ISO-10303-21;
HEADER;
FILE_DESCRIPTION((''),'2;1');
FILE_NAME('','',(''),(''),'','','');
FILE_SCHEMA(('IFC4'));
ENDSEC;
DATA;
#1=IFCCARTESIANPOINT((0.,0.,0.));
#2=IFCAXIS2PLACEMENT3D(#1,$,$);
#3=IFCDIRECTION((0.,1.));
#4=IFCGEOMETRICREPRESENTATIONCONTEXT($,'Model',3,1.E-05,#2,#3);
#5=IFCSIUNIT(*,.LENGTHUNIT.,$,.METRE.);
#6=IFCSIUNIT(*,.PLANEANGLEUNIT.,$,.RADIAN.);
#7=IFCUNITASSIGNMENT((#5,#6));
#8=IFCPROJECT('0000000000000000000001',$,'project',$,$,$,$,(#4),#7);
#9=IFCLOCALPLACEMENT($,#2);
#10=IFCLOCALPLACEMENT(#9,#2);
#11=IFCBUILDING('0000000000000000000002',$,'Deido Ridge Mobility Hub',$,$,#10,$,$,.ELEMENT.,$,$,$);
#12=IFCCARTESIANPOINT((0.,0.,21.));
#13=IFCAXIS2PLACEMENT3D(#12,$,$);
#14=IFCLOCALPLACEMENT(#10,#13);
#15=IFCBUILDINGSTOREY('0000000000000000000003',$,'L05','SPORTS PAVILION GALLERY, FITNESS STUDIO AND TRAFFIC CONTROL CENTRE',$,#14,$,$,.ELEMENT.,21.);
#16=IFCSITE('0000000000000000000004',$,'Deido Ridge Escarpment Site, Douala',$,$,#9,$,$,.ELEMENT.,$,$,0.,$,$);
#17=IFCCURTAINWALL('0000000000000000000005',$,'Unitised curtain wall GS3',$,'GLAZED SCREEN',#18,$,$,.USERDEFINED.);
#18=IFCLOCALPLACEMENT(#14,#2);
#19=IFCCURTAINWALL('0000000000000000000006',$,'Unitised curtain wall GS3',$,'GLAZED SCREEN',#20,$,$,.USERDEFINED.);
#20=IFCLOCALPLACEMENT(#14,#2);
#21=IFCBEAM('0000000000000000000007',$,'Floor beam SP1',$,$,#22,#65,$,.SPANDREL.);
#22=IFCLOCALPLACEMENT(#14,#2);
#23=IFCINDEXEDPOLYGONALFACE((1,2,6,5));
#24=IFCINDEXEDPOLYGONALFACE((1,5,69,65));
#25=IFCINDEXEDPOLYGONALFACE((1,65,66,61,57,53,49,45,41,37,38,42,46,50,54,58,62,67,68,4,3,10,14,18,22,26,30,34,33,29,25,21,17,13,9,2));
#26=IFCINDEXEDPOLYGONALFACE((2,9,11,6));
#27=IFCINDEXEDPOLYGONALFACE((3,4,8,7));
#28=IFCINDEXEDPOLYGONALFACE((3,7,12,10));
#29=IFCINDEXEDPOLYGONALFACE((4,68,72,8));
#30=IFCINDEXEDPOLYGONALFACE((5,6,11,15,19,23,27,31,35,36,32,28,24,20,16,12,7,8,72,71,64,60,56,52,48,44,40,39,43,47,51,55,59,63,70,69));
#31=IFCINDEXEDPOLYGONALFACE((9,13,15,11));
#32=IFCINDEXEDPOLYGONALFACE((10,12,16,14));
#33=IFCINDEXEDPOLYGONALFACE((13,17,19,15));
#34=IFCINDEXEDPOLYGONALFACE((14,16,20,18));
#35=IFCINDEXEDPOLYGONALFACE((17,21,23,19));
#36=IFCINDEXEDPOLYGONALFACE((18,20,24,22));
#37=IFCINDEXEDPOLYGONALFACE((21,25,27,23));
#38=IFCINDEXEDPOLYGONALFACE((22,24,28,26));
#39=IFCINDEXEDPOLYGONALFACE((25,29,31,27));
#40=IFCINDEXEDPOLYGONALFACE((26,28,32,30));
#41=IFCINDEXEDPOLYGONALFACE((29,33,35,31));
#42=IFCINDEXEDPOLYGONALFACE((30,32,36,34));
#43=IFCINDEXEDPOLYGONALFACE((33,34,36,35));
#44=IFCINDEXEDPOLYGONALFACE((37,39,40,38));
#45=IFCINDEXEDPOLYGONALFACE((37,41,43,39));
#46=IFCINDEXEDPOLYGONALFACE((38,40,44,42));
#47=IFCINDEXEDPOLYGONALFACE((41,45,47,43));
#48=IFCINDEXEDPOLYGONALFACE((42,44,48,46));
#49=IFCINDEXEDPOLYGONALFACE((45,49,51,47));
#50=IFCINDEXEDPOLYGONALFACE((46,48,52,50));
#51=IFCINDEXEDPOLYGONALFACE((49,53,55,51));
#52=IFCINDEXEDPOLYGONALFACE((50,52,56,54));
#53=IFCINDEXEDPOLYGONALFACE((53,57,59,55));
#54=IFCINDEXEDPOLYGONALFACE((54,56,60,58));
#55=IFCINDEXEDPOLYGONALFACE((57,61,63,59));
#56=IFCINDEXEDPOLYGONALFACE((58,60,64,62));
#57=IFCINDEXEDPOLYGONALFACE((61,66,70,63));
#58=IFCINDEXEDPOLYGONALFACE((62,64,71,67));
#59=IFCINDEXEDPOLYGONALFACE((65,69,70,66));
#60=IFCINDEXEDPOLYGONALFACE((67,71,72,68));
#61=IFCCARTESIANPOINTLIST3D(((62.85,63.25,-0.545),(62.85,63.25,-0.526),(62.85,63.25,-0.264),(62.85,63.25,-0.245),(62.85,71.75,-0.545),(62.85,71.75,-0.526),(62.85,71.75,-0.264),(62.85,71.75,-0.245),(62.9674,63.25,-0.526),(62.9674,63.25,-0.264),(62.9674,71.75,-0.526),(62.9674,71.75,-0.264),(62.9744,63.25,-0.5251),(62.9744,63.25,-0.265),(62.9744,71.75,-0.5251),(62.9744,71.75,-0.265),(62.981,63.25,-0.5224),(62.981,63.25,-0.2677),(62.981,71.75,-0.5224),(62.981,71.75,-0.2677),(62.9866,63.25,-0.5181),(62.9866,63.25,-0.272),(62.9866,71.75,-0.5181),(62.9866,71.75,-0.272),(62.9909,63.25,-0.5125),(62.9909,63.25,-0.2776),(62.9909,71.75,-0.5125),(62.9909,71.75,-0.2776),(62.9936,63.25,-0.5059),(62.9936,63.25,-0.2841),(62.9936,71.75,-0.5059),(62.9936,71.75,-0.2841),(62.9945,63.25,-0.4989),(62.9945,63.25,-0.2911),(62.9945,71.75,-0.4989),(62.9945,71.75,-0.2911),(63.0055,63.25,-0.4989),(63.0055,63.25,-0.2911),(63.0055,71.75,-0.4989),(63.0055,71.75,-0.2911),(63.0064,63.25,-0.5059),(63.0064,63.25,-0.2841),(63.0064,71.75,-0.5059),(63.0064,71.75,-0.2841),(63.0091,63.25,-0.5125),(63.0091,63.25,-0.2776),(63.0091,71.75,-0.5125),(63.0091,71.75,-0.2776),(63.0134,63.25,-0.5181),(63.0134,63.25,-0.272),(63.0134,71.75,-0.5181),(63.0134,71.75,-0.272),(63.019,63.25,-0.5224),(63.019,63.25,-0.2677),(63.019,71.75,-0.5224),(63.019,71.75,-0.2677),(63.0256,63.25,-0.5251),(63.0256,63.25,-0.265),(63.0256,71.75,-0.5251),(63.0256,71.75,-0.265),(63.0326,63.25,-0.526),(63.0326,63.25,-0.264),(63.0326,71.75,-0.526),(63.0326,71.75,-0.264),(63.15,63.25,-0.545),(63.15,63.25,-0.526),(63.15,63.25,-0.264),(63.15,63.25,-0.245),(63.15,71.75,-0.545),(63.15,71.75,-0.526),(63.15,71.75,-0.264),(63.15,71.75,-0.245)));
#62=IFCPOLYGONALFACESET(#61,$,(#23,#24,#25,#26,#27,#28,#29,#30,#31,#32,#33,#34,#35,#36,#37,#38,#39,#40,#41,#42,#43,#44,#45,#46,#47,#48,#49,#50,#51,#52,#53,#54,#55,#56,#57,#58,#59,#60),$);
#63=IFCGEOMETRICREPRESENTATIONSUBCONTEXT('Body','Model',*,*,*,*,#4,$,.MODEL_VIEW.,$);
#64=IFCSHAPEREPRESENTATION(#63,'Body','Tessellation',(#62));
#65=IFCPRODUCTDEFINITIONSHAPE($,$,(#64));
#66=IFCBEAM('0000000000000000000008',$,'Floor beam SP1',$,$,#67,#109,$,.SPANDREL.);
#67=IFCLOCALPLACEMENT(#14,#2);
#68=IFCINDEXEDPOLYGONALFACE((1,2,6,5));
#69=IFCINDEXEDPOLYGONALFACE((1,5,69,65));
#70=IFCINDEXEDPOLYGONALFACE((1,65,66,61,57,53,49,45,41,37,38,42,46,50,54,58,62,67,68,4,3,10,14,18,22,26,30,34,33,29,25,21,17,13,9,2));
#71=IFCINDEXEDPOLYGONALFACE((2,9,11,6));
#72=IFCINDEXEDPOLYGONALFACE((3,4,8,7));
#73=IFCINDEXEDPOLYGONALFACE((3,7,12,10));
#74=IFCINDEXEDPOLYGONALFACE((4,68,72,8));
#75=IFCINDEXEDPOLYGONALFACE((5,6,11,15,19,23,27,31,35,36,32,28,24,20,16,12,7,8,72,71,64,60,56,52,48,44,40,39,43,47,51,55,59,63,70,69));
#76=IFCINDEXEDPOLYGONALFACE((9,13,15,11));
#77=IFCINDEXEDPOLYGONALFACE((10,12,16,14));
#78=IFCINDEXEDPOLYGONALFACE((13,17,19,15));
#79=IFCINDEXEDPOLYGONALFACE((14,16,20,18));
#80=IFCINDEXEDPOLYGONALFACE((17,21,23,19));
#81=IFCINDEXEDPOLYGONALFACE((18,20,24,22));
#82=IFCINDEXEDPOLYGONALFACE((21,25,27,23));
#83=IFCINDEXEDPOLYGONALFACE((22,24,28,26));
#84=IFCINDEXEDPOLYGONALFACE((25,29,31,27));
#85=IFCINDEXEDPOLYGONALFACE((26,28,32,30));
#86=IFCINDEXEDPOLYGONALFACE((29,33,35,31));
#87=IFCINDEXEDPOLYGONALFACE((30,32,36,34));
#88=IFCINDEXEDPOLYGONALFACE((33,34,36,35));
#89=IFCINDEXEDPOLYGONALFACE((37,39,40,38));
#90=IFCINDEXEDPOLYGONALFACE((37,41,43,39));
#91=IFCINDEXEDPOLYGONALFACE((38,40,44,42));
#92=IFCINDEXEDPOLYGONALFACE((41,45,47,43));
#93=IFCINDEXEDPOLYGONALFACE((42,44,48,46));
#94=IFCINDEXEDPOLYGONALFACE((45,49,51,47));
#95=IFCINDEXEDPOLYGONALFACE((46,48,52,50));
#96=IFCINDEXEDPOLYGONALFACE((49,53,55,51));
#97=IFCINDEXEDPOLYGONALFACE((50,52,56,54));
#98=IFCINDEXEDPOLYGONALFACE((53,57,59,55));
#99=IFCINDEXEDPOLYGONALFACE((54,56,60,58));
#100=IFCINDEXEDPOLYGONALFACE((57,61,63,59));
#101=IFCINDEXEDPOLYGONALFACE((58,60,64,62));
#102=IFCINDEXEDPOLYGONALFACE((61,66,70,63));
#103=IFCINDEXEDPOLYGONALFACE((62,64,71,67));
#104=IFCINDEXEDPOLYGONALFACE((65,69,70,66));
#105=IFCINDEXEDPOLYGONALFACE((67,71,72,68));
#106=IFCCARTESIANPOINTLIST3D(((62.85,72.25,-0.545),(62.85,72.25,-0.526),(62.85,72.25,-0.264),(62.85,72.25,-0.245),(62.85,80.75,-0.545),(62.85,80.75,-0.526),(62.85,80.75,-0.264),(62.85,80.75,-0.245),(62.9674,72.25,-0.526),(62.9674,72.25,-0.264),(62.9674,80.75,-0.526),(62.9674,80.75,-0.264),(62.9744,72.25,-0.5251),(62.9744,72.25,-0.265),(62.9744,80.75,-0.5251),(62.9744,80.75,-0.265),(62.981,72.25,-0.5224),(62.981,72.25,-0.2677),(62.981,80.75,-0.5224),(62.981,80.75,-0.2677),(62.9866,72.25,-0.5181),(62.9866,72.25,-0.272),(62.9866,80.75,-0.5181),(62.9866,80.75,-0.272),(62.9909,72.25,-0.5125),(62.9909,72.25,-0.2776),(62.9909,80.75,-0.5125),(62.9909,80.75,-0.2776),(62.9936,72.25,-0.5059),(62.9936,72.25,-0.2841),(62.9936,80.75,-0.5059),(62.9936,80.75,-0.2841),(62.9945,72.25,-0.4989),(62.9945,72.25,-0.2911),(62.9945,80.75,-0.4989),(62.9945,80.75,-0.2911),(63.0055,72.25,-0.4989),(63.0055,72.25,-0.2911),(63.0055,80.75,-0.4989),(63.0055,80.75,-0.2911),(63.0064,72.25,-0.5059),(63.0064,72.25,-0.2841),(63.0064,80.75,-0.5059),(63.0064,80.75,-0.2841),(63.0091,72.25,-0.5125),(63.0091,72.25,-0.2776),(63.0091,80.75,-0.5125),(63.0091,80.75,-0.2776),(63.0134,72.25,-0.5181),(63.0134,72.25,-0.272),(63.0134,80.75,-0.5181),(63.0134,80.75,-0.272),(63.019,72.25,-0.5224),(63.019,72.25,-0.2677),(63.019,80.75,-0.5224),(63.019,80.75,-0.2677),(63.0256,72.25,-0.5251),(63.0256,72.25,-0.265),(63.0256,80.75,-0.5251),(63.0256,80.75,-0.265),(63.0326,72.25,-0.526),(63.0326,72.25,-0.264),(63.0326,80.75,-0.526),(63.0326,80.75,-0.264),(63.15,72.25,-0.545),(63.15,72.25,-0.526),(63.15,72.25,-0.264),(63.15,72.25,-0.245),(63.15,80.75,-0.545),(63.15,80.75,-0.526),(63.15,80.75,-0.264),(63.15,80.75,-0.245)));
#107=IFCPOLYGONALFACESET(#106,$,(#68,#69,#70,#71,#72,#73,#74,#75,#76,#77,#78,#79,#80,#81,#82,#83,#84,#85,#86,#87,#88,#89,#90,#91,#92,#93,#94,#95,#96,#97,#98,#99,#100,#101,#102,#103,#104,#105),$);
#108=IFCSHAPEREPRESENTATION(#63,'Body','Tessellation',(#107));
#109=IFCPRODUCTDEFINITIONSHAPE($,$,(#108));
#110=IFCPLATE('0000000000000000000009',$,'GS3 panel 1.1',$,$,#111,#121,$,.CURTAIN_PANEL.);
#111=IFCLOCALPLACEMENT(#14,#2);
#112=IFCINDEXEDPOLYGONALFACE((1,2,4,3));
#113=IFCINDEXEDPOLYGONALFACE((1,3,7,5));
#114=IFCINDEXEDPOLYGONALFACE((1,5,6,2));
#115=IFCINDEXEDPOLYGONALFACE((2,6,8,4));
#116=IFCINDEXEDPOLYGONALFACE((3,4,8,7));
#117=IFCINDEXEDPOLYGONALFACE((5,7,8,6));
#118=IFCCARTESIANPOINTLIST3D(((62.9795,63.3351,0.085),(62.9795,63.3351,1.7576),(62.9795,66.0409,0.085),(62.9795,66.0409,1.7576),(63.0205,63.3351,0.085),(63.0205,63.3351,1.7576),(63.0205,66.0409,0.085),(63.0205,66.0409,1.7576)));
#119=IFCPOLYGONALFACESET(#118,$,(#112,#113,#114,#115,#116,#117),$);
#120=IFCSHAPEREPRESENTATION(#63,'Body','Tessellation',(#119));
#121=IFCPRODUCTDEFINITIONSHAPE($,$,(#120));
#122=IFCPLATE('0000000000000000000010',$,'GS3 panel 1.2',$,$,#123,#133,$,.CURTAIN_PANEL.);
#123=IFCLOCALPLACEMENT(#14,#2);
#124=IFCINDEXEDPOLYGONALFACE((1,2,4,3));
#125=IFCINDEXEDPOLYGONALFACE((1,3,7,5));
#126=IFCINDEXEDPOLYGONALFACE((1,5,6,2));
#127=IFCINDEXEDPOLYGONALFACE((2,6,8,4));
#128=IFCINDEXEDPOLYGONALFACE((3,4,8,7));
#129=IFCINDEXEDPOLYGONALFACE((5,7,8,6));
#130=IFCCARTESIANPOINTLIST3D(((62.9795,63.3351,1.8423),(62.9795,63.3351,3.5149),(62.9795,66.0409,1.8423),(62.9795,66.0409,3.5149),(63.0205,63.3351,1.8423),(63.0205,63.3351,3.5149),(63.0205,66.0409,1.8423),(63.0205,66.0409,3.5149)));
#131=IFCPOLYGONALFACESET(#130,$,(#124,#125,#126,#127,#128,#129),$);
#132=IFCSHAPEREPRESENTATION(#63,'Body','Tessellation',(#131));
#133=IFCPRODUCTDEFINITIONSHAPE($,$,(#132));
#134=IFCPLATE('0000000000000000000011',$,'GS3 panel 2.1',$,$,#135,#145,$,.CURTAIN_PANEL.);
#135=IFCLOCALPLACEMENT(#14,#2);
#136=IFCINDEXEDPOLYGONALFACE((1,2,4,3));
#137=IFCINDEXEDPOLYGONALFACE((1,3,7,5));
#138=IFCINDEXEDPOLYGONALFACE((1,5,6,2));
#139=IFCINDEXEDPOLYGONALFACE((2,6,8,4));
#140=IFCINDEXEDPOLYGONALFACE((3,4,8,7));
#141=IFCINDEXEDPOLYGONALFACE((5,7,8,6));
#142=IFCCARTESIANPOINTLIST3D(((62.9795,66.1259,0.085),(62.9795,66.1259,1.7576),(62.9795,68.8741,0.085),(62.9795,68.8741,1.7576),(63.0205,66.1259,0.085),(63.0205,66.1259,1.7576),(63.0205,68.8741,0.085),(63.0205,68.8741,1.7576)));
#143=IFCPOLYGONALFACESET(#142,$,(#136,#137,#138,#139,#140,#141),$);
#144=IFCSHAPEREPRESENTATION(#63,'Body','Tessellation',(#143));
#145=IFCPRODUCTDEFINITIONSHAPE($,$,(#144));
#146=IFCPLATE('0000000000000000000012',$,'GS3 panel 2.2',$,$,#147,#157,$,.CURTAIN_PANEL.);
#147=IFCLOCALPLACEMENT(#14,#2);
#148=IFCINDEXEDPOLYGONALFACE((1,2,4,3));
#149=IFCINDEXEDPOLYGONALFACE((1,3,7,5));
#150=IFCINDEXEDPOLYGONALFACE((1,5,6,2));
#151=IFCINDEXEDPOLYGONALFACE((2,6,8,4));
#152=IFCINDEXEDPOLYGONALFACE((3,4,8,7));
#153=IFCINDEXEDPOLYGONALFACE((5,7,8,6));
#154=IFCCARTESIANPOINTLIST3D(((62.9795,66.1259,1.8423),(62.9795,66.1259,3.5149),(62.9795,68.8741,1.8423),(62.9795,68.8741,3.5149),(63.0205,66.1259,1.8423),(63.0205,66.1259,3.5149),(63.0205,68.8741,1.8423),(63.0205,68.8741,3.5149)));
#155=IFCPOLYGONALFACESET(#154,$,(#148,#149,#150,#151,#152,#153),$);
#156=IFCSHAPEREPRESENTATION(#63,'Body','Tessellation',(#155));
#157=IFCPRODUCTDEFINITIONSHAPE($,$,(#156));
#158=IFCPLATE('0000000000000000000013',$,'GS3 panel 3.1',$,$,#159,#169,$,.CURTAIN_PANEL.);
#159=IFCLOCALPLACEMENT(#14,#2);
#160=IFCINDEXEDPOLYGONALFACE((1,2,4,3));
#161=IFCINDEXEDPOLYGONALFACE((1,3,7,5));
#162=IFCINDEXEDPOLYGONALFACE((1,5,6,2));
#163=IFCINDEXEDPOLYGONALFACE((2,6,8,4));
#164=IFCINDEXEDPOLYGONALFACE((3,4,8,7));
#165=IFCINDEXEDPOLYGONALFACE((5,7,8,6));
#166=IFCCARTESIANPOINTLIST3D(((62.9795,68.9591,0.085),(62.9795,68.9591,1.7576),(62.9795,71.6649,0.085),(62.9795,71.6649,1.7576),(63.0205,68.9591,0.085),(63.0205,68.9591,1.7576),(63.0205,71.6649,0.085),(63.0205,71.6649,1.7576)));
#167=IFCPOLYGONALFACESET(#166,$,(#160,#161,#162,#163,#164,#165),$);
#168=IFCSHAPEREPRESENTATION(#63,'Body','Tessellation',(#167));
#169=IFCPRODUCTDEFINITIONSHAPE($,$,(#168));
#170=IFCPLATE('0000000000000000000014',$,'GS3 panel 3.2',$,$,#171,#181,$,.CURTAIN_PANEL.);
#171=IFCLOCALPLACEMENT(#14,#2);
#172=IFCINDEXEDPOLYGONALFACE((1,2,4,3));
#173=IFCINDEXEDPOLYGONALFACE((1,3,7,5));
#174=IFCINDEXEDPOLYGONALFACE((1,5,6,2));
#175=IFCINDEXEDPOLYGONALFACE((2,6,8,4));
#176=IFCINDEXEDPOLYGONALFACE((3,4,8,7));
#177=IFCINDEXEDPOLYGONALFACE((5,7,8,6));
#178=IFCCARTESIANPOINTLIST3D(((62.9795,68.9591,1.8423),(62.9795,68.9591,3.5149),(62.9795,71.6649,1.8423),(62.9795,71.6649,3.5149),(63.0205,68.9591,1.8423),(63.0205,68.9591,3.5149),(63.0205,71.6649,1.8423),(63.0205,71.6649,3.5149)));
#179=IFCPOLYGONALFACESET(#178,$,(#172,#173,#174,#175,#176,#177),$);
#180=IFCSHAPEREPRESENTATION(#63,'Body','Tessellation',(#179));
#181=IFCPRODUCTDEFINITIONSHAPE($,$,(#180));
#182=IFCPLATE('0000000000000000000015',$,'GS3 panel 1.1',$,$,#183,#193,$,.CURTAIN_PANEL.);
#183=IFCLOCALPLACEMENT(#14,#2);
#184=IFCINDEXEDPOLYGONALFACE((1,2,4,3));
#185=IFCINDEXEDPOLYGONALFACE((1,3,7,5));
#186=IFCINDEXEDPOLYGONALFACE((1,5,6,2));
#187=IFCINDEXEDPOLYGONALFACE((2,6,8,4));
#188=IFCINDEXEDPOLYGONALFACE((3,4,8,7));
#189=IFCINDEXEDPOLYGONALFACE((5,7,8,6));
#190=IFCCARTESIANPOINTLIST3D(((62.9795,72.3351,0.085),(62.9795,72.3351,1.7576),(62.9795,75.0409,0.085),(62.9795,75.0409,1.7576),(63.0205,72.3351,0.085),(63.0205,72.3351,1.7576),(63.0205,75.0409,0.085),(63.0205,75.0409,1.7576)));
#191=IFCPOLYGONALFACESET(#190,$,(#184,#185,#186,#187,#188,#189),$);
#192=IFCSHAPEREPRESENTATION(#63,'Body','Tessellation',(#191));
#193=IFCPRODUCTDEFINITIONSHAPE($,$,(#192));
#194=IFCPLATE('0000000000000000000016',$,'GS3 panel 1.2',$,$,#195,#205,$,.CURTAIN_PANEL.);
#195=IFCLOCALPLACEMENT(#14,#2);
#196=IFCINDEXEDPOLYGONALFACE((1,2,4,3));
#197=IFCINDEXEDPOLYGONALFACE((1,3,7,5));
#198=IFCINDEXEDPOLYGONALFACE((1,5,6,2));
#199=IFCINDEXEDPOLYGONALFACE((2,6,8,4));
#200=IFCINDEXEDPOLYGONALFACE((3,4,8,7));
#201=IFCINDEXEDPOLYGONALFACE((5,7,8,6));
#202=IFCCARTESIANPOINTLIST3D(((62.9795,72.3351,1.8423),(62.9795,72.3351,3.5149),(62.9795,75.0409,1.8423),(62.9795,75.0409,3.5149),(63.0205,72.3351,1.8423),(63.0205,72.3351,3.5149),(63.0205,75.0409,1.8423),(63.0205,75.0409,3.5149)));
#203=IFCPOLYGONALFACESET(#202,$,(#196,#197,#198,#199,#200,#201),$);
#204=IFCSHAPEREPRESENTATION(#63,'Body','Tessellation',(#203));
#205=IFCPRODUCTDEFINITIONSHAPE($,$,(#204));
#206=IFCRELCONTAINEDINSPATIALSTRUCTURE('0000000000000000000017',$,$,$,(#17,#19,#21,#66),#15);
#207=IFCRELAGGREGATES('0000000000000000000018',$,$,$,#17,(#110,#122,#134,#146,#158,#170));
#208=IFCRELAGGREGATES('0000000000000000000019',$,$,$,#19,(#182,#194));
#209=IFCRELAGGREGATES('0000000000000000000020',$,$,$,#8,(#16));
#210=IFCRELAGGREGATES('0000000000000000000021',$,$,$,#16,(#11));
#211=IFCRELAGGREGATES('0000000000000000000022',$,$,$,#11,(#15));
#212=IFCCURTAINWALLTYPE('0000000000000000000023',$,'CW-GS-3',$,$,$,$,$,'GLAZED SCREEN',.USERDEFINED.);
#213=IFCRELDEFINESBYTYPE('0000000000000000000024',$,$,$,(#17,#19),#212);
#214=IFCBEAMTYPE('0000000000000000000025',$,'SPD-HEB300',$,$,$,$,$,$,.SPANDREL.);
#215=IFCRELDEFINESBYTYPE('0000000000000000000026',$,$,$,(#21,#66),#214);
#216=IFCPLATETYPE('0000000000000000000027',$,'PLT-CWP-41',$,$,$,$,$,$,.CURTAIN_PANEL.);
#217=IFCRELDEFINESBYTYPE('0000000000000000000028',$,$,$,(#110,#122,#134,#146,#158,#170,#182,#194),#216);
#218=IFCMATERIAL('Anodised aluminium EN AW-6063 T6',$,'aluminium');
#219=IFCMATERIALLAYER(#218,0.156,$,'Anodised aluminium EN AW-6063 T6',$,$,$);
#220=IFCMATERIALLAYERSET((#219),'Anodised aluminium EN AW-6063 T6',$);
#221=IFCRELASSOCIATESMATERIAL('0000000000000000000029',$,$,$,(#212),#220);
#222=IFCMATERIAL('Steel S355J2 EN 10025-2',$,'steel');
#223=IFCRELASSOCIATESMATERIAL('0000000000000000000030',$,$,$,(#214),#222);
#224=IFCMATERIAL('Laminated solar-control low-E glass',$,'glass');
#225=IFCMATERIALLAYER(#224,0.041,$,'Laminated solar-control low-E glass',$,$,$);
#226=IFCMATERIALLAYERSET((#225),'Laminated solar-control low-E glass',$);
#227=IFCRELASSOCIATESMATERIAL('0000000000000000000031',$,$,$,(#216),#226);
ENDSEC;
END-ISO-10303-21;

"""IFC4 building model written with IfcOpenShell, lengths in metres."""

from ifc_helpers import new_model, si_unit, direction, frame, origin, origin_2d, place, context, subcontext, project, spatial, rectangle, i_section, extrude, material, layer, layer_set, material_profile, profile_set, type_object, element, aggregate, save


model = new_model("IFC4")

# Units and contexts
model_context = context("Model", 3, precision=1e-05, world=origin(), true_north=direction((0.0, 1.0)))
body_context = subcontext(model_context, "Body", "Model", "MODEL_VIEW")
ifc_project = project(units=[si_unit("LENGTHUNIT", "METRE"), si_unit("PLANEANGLEUNIT", "RADIAN")], contexts=[model_context])

# Site, building, storey
site_placement = place(None, origin())
site = spatial("IfcSite", under=ifc_project, at=site_placement, Name="Deido Ridge Escarpment Site, Douala", CompositionType="ELEMENT", RefElevation=0.0)
building_placement = place(site_placement, origin())
building = spatial("IfcBuilding", under=site, at=building_placement, Name="Deido Ridge Mobility Hub", CompositionType="ELEMENT")
storey_placement = place(building_placement, frame((0.0, 0.0, 21.0)))
storey = spatial("IfcBuildingStorey", under=building, at=storey_placement, Name="L05", Description="SPORTS PAVILION GALLERY, FITNESS STUDIO AND TRAFFIC CONTROL CENTRE", CompositionType="ELEMENT", Elevation=21.0)

# Shared definitions
ifc_material_1 = material(Name="Steel S355J2 EN 10025-2", Category="steel")

# Curtain walls
ifc_material_2 = material(Name="Anodised aluminium EN AW-6063 T6", Category="aluminium")
ifc_layer_1 = layer(ifc_material_2, 0.156, Name="Anodised aluminium EN AW-6063 T6")
ifc_layer_set_1 = layer_set([ifc_layer_1], Name="Anodised aluminium EN AW-6063 T6")
curtain_wall_type = type_object("IfcCurtainWallType", Name="CW-GS-3", ElementType="GLAZED SCREEN", PredefinedType="USERDEFINED", material=ifc_layer_set_1)
curtain_wall_1_placement = place(storey_placement, origin())
curtain_wall_1 = element("IfcCurtainWall", 1, at=curtain_wall_1_placement, inside=storey, type_object=curtain_wall_type, Name="Unitised curtain wall GS3", ObjectType="GLAZED SCREEN", PredefinedType="USERDEFINED")
curtain_wall_2_placement = place(storey_placement, origin())
curtain_wall_2 = element("IfcCurtainWall", 2, at=curtain_wall_2_placement, inside=storey, type_object=curtain_wall_type, Name="Unitised curtain wall GS3", ObjectType="GLAZED SCREEN", PredefinedType="USERDEFINED")

# Beams
ifc_material_profile_1 = material_profile(ifc_material_1, i_section(OverallWidth=0.3, OverallDepth=0.3, WebThickness=0.011, FlangeThickness=0.019, FilletRadius=0.0271, at=origin_2d()), Name="HEB 300")
ifc_profile_set_1 = profile_set([ifc_material_profile_1], Name="Steel S355J2 EN 10025-2")
beam_type = type_object("IfcBeamType", Name="SPD-HEB300", PredefinedType="SPANDREL", material=ifc_profile_set_1)
for number, where, z_axis, x_axis, name in (
    (3, (63.0, 63.25, -0.395), (0.0, 1.0, 0.0), (-1.0, 0.0, 0.0), "Floor beam SP1"),
    (4, (63.0, 72.25, -0.395), (0.0, 1.0, 0.0), (-1.0, 0.0, 0.0), "Floor beam SP1"),
):
    element("IfcBeam", number, at=place(storey_placement, frame(where, z_axis=z_axis, x_axis=x_axis)), inside=storey, type_object=beam_type, Name=name, PredefinedType="SPANDREL", context=body_context, shape_type="SweptSolid", body=[
        extrude(i_section(OverallWidth=0.3, OverallDepth=0.3, WebThickness=0.011, FlangeThickness=0.019, FilletRadius=0.0271, at=origin_2d()), origin(), (0.0, 0.0, 1.0), 8.5),
    ])

# Plates
ifc_material_3 = material(Name="Laminated solar-control low-E glass", Category="glass")
ifc_layer_2 = layer(ifc_material_3, 0.041, Name="Laminated solar-control low-E glass")
ifc_layer_set_2 = layer_set([ifc_layer_2], Name="Laminated solar-control low-E glass")
plate_type = type_object("IfcPlateType", Name="PLT-CWP-41", PredefinedType="CURTAIN_PANEL", material=ifc_layer_set_2)
plate_1_placement = place(storey_placement, frame((63.0, 64.688, 0.085), z_axis=(0.0, 0.0, 1.0), x_axis=(0.0, 1.0, 0.0)))
plate_1 = element("IfcPlate", 5, at=plate_1_placement, type_object=plate_type, Name="GS3 panel 1.1", PredefinedType="CURTAIN_PANEL", context=body_context, shape_type="SweptSolid", body=[
    extrude(rectangle(XDim=2.7058, YDim=0.041, at=origin_2d()), origin(), (0.0, 0.0, 1.0), 1.6726),
])
plate_2_placement = place(storey_placement, frame((63.0, 64.688, 1.8423), z_axis=(0.0, 0.0, 1.0), x_axis=(0.0, 1.0, 0.0)))
plate_2 = element("IfcPlate", 6, at=plate_2_placement, type_object=plate_type, Name="GS3 panel 1.2", PredefinedType="CURTAIN_PANEL", context=body_context, shape_type="SweptSolid", body=[
    extrude(rectangle(XDim=2.7058, YDim=0.041, at=origin_2d()), origin(), (0.0, 0.0, 1.0), 1.6726),
])
plate_3_placement = place(storey_placement, frame((63.0, 67.5, 0.085), z_axis=(0.0, 0.0, 1.0), x_axis=(0.0, 1.0, 0.0)))
plate_3 = element("IfcPlate", 7, at=plate_3_placement, type_object=plate_type, Name="GS3 panel 2.1", PredefinedType="CURTAIN_PANEL", context=body_context, shape_type="SweptSolid", body=[
    extrude(rectangle(XDim=2.7483, YDim=0.041, at=origin_2d()), origin(), (0.0, 0.0, 1.0), 1.6726),
])
plate_4_placement = place(storey_placement, frame((63.0, 67.5, 1.8423), z_axis=(0.0, 0.0, 1.0), x_axis=(0.0, 1.0, 0.0)))
plate_4 = element("IfcPlate", 8, at=plate_4_placement, type_object=plate_type, Name="GS3 panel 2.2", PredefinedType="CURTAIN_PANEL", context=body_context, shape_type="SweptSolid", body=[
    extrude(rectangle(XDim=2.7483, YDim=0.041, at=origin_2d()), origin(), (0.0, 0.0, 1.0), 1.6726),
])
plate_5_placement = place(storey_placement, frame((63.0, 70.312, 0.085), z_axis=(0.0, 0.0, 1.0), x_axis=(0.0, 1.0, 0.0)))
plate_5 = element("IfcPlate", 9, at=plate_5_placement, type_object=plate_type, Name="GS3 panel 3.1", PredefinedType="CURTAIN_PANEL", context=body_context, shape_type="SweptSolid", body=[
    extrude(rectangle(XDim=2.7058, YDim=0.041, at=origin_2d()), origin(), (0.0, 0.0, 1.0), 1.6726),
])
plate_6_placement = place(storey_placement, frame((63.0, 70.312, 1.8423), z_axis=(0.0, 0.0, 1.0), x_axis=(0.0, 1.0, 0.0)))
plate_6 = element("IfcPlate", 10, at=plate_6_placement, type_object=plate_type, Name="GS3 panel 3.2", PredefinedType="CURTAIN_PANEL", context=body_context, shape_type="SweptSolid", body=[
    extrude(rectangle(XDim=2.7058, YDim=0.041, at=origin_2d()), origin(), (0.0, 0.0, 1.0), 1.6726),
])
aggregate(curtain_wall_1, [plate_1, plate_2, plate_3, plate_4, plate_5, plate_6])
plate_7_placement = place(storey_placement, frame((63.0, 73.688, 0.085), z_axis=(0.0, 0.0, 1.0), x_axis=(0.0, 1.0, 0.0)))
plate_7 = element("IfcPlate", 11, at=plate_7_placement, type_object=plate_type, Name="GS3 panel 1.1", PredefinedType="CURTAIN_PANEL", context=body_context, shape_type="SweptSolid", body=[
    extrude(rectangle(XDim=2.7058, YDim=0.041, at=origin_2d()), origin(), (0.0, 0.0, 1.0), 1.6726),
])
plate_8_placement = place(storey_placement, frame((63.0, 73.688, 1.8423), z_axis=(0.0, 0.0, 1.0), x_axis=(0.0, 1.0, 0.0)))
plate_8 = element("IfcPlate", 12, at=plate_8_placement, type_object=plate_type, Name="GS3 panel 1.2", PredefinedType="CURTAIN_PANEL", context=body_context, shape_type="SweptSolid", body=[
    extrude(rectangle(XDim=2.7058, YDim=0.041, at=origin_2d()), origin(), (0.0, 0.0, 1.0), 1.6726),
])
aggregate(curtain_wall_2, [plate_7, plate_8])

save(model, "model.ifc")
